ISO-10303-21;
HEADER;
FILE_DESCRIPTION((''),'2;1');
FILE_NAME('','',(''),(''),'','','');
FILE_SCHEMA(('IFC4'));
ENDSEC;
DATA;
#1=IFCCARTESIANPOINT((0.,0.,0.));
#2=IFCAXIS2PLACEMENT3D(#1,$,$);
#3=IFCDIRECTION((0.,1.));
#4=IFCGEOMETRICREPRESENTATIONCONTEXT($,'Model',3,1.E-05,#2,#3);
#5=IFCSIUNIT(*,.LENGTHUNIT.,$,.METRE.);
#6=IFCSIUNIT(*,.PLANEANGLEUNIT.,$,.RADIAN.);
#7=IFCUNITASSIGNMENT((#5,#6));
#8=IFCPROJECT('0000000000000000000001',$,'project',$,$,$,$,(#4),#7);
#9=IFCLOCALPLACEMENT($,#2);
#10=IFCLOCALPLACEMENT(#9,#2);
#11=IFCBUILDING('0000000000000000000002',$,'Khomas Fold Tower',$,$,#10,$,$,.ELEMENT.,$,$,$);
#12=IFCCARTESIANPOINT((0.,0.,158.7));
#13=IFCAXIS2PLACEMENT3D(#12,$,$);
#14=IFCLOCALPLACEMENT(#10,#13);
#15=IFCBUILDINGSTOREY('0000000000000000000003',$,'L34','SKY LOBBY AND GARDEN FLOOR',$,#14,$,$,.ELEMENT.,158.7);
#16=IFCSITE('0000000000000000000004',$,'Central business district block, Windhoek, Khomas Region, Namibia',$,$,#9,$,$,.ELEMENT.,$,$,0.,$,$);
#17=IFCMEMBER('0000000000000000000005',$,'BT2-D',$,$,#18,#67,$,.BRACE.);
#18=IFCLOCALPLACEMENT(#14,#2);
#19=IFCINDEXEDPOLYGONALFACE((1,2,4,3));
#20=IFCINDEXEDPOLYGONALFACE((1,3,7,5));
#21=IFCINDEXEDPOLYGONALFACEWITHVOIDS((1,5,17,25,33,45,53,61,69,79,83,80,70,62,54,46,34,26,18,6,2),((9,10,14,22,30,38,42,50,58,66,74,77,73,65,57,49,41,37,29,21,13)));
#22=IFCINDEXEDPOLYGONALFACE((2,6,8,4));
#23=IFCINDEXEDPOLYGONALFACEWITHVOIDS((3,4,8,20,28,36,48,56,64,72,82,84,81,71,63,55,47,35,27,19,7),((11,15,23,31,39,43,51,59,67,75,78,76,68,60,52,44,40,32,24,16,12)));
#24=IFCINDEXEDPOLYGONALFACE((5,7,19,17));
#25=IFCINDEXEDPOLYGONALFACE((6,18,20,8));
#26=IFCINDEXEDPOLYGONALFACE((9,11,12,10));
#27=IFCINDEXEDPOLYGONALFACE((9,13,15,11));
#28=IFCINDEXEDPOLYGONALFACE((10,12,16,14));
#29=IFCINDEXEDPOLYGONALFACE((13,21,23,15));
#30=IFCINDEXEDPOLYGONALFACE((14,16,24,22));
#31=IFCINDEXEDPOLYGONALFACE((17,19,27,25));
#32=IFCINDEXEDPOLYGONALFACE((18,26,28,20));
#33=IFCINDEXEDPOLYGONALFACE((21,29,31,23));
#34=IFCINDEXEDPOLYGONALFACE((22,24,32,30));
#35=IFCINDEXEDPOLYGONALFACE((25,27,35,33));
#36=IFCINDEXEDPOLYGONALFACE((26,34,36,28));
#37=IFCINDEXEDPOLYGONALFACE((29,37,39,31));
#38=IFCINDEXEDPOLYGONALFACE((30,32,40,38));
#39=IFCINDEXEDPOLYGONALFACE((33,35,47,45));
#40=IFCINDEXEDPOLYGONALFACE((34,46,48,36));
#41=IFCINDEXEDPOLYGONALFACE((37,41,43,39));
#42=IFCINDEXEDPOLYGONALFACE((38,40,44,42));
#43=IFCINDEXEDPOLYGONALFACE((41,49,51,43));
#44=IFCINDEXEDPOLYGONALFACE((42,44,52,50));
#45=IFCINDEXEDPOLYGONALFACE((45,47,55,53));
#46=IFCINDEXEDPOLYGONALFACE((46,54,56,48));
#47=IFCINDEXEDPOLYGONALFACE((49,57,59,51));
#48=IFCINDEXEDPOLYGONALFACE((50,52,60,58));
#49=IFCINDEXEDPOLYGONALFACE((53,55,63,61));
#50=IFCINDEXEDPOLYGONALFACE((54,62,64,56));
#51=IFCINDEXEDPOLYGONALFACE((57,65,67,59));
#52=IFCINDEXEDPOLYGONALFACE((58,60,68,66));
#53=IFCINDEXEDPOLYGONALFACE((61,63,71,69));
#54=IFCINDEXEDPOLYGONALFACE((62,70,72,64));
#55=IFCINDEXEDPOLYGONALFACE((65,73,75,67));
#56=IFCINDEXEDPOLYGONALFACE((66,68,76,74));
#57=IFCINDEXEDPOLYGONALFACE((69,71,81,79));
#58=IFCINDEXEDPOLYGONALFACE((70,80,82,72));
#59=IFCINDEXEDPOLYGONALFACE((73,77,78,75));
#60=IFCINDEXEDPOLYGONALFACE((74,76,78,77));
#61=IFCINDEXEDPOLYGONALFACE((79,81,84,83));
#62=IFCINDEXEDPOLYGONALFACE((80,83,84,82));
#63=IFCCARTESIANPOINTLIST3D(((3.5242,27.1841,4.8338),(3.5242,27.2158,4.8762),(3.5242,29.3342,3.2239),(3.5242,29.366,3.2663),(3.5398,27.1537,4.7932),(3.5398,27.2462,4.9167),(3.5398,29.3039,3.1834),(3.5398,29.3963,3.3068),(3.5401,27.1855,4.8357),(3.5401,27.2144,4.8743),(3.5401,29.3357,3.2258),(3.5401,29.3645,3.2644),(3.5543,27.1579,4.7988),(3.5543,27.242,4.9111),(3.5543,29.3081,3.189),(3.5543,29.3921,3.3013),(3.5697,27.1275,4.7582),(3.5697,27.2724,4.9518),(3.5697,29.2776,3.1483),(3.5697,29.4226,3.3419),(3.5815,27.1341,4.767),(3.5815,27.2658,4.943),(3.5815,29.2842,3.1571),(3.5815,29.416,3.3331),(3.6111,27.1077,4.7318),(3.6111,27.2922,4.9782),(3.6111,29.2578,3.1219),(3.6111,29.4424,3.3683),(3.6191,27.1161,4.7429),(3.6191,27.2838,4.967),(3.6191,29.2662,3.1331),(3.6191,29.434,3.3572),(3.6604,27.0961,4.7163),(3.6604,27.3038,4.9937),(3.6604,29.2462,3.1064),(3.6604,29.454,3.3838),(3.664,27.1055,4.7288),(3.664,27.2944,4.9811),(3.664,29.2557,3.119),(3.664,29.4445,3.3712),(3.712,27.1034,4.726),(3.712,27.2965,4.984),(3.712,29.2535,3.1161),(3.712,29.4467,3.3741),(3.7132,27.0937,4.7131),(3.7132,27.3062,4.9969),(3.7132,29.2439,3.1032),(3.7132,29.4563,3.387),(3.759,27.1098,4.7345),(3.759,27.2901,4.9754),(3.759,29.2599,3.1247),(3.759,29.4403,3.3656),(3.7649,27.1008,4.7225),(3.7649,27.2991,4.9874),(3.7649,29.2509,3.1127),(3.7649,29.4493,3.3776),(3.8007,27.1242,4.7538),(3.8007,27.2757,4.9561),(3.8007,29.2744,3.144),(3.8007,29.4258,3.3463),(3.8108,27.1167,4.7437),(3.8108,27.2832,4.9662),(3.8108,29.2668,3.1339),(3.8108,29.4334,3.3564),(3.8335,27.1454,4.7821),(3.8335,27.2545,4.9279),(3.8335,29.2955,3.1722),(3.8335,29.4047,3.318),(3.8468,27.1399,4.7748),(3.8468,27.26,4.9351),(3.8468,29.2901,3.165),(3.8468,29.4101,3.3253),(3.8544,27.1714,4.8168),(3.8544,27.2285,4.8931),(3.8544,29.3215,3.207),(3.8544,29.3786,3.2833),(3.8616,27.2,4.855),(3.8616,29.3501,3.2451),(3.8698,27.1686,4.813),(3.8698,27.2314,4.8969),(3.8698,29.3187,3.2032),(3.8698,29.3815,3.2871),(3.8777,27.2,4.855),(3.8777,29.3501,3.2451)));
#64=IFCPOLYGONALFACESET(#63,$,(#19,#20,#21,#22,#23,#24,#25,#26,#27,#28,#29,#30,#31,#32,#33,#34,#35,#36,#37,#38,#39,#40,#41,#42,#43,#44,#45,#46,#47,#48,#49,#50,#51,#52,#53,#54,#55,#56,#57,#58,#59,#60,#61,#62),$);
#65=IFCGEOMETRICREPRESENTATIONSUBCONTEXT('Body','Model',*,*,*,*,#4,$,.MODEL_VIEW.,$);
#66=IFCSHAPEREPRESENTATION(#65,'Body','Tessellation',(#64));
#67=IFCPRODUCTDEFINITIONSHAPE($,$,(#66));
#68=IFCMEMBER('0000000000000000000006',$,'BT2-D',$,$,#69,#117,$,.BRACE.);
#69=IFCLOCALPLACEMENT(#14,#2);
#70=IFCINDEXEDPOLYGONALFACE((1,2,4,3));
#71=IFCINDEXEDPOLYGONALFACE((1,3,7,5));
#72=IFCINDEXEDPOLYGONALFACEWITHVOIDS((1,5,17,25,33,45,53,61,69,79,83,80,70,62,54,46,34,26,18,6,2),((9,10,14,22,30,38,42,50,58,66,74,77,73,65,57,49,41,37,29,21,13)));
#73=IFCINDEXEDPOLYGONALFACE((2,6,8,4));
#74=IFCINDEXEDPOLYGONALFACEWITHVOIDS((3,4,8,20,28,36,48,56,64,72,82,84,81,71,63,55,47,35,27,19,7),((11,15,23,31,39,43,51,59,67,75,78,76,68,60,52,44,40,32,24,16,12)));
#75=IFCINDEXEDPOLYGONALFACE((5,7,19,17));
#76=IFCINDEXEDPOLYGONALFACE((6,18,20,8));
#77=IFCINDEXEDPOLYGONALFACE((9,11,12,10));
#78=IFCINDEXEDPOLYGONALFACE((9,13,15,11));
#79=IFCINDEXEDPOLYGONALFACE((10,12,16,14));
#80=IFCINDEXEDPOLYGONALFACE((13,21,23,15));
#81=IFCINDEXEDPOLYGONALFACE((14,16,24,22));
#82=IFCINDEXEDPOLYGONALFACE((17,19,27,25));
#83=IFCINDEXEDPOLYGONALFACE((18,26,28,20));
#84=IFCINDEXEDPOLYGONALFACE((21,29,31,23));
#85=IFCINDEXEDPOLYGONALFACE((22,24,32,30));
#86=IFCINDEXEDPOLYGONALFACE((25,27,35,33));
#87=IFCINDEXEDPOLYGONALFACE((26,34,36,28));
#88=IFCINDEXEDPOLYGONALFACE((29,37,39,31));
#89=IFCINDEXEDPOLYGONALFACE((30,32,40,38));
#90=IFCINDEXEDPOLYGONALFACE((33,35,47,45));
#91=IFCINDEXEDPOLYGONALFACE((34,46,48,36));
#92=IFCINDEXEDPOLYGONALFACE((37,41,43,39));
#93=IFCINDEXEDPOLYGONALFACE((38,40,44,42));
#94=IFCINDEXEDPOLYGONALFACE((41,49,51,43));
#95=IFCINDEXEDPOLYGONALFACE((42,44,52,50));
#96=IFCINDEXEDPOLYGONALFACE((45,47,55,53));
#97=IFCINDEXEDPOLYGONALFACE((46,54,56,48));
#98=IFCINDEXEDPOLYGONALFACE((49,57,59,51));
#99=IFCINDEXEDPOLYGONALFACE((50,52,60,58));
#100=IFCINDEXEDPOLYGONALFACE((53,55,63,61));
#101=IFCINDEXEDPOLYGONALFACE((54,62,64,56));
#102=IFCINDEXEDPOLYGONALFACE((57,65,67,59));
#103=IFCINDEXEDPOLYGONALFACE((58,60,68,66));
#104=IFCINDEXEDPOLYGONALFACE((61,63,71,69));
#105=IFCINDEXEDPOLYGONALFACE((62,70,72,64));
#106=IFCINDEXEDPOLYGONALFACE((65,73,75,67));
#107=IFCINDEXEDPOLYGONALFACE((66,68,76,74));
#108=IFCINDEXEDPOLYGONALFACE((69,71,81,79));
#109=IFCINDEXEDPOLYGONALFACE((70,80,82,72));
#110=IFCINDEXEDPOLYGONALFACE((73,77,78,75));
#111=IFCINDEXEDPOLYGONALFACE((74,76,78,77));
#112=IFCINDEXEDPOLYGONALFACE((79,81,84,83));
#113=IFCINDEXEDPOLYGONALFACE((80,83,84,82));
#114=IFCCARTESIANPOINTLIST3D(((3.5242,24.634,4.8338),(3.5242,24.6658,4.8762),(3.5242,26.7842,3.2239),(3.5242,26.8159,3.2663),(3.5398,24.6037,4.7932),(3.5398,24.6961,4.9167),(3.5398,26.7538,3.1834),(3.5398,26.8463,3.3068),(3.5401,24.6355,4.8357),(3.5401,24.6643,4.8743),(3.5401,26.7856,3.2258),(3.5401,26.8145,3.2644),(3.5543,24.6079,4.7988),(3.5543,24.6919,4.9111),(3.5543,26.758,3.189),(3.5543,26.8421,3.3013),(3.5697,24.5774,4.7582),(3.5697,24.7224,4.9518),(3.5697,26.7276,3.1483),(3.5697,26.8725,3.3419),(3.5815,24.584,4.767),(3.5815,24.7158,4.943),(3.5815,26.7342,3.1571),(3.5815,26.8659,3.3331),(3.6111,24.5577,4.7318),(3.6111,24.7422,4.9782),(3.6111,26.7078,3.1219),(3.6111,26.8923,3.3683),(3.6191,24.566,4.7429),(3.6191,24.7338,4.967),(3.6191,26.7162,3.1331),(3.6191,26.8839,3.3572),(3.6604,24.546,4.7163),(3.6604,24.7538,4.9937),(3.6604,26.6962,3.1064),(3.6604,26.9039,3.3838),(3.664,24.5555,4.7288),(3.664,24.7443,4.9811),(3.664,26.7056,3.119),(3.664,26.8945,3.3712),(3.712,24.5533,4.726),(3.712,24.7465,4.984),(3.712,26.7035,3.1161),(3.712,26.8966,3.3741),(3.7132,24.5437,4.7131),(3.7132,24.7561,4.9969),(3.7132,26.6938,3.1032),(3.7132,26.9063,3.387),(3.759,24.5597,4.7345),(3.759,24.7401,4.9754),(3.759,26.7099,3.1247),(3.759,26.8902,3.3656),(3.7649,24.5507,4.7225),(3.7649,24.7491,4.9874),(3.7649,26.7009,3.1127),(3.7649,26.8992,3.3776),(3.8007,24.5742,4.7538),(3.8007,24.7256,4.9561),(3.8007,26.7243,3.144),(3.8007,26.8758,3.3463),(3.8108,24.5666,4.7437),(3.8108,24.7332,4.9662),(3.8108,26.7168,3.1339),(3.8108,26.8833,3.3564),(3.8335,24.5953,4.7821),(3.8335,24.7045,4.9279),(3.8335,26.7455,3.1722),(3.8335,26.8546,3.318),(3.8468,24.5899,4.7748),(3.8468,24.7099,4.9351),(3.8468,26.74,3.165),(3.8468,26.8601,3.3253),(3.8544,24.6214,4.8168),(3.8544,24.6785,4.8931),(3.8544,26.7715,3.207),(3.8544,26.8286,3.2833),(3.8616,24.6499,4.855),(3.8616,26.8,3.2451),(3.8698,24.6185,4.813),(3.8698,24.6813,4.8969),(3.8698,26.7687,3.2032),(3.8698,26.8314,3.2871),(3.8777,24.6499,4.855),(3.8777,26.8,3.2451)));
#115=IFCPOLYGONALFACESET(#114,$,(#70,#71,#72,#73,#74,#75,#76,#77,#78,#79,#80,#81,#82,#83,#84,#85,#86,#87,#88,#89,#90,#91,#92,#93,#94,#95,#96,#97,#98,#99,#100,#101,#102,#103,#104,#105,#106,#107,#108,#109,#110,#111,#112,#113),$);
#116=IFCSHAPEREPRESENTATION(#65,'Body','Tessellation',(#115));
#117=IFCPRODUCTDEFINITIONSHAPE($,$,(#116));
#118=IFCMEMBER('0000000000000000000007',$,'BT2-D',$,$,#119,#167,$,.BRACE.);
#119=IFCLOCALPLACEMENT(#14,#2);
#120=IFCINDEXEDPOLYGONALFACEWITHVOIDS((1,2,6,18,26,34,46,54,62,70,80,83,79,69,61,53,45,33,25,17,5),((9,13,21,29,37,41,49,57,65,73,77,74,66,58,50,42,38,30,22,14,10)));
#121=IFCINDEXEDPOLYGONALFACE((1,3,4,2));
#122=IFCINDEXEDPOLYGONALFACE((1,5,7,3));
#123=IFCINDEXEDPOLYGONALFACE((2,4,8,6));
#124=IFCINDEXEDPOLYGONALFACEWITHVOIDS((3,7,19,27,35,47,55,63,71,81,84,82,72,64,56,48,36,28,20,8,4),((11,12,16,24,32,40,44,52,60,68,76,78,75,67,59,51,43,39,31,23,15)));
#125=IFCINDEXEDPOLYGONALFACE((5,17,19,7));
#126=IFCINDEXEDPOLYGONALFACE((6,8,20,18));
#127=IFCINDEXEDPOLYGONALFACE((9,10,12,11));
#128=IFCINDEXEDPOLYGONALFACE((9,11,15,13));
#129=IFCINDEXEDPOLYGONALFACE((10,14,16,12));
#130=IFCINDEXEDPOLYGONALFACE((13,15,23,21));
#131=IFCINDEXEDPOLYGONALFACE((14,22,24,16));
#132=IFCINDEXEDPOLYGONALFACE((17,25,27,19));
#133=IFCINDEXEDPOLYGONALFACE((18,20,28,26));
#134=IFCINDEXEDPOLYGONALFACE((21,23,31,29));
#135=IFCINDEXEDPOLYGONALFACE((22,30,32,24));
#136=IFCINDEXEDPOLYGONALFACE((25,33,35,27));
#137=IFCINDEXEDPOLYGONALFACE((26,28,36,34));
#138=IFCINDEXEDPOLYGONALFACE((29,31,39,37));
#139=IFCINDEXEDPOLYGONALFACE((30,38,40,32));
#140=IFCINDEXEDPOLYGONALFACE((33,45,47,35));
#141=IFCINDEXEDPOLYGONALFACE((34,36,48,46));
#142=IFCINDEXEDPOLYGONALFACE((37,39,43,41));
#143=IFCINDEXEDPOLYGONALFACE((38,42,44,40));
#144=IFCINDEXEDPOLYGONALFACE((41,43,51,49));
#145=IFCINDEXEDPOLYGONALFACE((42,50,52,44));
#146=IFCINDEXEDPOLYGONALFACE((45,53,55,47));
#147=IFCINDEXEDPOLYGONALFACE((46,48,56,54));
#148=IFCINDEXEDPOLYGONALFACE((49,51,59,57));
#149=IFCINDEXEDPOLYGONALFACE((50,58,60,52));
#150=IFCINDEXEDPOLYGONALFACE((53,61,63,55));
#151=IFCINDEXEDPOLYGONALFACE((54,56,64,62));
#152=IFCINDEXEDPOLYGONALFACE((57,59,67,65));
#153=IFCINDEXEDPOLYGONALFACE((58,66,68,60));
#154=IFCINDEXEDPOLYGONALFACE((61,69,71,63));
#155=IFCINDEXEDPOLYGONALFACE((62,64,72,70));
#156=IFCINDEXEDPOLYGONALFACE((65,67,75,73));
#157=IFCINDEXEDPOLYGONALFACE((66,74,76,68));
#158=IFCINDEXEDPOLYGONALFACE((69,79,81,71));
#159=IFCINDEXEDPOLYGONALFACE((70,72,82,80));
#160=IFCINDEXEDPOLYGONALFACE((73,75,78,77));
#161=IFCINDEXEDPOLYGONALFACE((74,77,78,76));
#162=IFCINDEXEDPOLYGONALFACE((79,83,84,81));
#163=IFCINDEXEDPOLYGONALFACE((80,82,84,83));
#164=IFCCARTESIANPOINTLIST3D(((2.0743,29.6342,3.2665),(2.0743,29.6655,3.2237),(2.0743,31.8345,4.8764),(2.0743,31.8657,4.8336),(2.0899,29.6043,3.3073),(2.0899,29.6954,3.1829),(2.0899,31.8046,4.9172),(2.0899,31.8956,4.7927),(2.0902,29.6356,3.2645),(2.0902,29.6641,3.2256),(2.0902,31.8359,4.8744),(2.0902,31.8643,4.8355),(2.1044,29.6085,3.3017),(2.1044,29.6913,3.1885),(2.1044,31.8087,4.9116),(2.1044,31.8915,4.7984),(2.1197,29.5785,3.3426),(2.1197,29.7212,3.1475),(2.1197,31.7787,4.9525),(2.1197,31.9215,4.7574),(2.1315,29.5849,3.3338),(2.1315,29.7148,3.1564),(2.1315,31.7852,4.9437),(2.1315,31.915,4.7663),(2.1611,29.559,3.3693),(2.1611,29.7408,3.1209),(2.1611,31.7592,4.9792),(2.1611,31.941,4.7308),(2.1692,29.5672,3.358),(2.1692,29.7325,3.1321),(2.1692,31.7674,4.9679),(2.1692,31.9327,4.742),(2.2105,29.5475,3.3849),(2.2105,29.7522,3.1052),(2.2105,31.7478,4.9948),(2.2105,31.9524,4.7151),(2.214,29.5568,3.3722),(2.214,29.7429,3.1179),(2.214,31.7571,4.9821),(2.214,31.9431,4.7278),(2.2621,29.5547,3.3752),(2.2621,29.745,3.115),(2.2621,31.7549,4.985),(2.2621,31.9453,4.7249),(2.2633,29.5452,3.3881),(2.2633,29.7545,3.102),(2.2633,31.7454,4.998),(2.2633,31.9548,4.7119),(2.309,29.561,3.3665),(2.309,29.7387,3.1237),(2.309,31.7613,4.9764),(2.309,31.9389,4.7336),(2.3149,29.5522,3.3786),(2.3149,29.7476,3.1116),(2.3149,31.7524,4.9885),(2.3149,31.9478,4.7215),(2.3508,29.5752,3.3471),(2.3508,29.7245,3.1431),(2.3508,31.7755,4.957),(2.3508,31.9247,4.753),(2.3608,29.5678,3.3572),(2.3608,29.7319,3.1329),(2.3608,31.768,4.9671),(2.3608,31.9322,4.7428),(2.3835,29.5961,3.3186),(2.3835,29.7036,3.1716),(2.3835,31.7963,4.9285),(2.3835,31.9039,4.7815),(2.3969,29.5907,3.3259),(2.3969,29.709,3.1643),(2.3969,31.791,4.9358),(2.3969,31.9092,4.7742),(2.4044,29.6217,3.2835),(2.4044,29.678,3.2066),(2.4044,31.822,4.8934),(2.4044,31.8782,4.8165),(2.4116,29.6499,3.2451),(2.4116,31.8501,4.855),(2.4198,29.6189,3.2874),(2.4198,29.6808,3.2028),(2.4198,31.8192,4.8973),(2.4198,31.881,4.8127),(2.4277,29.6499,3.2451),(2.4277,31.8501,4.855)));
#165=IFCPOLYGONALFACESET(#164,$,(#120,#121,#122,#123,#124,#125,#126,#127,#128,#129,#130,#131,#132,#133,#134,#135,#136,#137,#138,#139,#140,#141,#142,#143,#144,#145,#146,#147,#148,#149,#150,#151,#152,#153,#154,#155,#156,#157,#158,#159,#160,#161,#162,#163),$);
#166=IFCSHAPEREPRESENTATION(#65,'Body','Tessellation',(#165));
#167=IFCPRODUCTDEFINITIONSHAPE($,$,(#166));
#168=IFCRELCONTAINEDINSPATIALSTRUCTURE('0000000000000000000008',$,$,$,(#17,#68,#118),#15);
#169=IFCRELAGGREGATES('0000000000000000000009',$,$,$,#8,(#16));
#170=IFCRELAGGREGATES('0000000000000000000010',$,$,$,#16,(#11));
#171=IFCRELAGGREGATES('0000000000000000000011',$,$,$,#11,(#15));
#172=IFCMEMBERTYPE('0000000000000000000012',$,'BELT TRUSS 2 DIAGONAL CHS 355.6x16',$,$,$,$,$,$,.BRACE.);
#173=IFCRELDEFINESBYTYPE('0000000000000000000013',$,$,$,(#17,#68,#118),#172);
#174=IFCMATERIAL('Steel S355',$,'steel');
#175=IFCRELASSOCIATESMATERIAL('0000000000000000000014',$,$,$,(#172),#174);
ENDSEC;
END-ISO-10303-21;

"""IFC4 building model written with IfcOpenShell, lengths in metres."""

from ifc_helpers import new_model, si_unit, direction, frame, origin, origin_2d, place, context, subcontext, project, spatial, hollow_circle, extrude, source, transform, mapped, material, material_profile, profile_set, type_object, element, save


model = new_model("IFC4")

# Units and contexts
model_context = context("Model", 3, precision=1e-05, world=origin(), true_north=direction((0.0, 1.0)))
body_context = subcontext(model_context, "Body", "Model", "MODEL_VIEW")
ifc_project = project(units=[si_unit("LENGTHUNIT", "METRE"), si_unit("PLANEANGLEUNIT", "RADIAN")], contexts=[model_context])

# Site, building, storey
site_placement = place(None, origin())
site = spatial("IfcSite", under=ifc_project, at=site_placement, Name="Central business district block, Windhoek, Khomas Region, Namibia", CompositionType="ELEMENT", RefElevation=0.0)
building_placement = place(site_placement, origin())
building = spatial("IfcBuilding", under=site, at=building_placement, Name="Khomas Fold Tower", CompositionType="ELEMENT")
storey_placement = place(building_placement, frame((0.0, 0.0, 158.7)))
storey = spatial("IfcBuildingStorey", under=building, at=storey_placement, Name="L34", Description="SKY LOBBY AND GARDEN FLOOR", CompositionType="ELEMENT", Elevation=158.7)

# Members
ifc_material_1 = material(Name="Steel S355", Category="steel")
ifc_material_profile_1 = material_profile(ifc_material_1, hollow_circle(Radius=0.1777, WallThickness=0.0161, at=origin_2d()), Name="CHS 355.6x16")
ifc_profile_set_1 = profile_set([ifc_material_profile_1], Name="Steel S355")
member_type_1 = type_object("IfcMemberType", Name="BELT TRUSS 2 DIAGONAL CHS 355.6x16", PredefinedType="BRACE", material=ifc_profile_set_1)
shared_shape_1 = source(origin(), body_context, "Body", "SweptSolid", [
    extrude(hollow_circle(Radius=0.1777, WallThickness=0.0161, at=origin_2d()), origin(), (0.0, 0.0, 1.0), 2.686),
])
for number, where, z_axis, x_axis, name in (
    (1, (3.7, 29.3501, 3.2451), (0.0, -0.800491, 0.599345), (1.0, 0.0, 0.0), "BT2-D"),
    (2, (3.7, 26.8, 3.2451), (0.0, -0.800491, 0.599345), (1.0, 0.0, 0.0), "BT2-D"),
):
    element("IfcMember", number, at=place(storey_placement, frame(where, z_axis=z_axis, x_axis=x_axis)), inside=storey, type_object=member_type_1, Name=name, PredefinedType="BRACE", context=body_context, shape_type="MappedRepresentation", body=[
        mapped(shared_shape_1, transform((0.0, 0.0, 0.0))),
    ])
shared_shape_2 = source(origin(), body_context, "Body", "SweptSolid", [
    extrude(hollow_circle(Radius=0.1777, WallThickness=0.0161, at=origin_2d()), origin(), (0.0, 0.0, 1.0), 2.7263),
])
for number, where, z_axis, x_axis, name in (
    (3, (2.25, 31.8501, 4.855), (0.0, -0.807037, -0.590501), (1.0, 0.0, 0.0), "BT2-D"),
):
    element("IfcMember", number, at=place(storey_placement, frame(where, z_axis=z_axis, x_axis=x_axis)), inside=storey, type_object=member_type_1, Name=name, PredefinedType="BRACE", context=body_context, shape_type="MappedRepresentation", body=[
        mapped(shared_shape_2, transform((0.0, 0.0, 0.0))),
    ])

save(model, "model.ifc")
